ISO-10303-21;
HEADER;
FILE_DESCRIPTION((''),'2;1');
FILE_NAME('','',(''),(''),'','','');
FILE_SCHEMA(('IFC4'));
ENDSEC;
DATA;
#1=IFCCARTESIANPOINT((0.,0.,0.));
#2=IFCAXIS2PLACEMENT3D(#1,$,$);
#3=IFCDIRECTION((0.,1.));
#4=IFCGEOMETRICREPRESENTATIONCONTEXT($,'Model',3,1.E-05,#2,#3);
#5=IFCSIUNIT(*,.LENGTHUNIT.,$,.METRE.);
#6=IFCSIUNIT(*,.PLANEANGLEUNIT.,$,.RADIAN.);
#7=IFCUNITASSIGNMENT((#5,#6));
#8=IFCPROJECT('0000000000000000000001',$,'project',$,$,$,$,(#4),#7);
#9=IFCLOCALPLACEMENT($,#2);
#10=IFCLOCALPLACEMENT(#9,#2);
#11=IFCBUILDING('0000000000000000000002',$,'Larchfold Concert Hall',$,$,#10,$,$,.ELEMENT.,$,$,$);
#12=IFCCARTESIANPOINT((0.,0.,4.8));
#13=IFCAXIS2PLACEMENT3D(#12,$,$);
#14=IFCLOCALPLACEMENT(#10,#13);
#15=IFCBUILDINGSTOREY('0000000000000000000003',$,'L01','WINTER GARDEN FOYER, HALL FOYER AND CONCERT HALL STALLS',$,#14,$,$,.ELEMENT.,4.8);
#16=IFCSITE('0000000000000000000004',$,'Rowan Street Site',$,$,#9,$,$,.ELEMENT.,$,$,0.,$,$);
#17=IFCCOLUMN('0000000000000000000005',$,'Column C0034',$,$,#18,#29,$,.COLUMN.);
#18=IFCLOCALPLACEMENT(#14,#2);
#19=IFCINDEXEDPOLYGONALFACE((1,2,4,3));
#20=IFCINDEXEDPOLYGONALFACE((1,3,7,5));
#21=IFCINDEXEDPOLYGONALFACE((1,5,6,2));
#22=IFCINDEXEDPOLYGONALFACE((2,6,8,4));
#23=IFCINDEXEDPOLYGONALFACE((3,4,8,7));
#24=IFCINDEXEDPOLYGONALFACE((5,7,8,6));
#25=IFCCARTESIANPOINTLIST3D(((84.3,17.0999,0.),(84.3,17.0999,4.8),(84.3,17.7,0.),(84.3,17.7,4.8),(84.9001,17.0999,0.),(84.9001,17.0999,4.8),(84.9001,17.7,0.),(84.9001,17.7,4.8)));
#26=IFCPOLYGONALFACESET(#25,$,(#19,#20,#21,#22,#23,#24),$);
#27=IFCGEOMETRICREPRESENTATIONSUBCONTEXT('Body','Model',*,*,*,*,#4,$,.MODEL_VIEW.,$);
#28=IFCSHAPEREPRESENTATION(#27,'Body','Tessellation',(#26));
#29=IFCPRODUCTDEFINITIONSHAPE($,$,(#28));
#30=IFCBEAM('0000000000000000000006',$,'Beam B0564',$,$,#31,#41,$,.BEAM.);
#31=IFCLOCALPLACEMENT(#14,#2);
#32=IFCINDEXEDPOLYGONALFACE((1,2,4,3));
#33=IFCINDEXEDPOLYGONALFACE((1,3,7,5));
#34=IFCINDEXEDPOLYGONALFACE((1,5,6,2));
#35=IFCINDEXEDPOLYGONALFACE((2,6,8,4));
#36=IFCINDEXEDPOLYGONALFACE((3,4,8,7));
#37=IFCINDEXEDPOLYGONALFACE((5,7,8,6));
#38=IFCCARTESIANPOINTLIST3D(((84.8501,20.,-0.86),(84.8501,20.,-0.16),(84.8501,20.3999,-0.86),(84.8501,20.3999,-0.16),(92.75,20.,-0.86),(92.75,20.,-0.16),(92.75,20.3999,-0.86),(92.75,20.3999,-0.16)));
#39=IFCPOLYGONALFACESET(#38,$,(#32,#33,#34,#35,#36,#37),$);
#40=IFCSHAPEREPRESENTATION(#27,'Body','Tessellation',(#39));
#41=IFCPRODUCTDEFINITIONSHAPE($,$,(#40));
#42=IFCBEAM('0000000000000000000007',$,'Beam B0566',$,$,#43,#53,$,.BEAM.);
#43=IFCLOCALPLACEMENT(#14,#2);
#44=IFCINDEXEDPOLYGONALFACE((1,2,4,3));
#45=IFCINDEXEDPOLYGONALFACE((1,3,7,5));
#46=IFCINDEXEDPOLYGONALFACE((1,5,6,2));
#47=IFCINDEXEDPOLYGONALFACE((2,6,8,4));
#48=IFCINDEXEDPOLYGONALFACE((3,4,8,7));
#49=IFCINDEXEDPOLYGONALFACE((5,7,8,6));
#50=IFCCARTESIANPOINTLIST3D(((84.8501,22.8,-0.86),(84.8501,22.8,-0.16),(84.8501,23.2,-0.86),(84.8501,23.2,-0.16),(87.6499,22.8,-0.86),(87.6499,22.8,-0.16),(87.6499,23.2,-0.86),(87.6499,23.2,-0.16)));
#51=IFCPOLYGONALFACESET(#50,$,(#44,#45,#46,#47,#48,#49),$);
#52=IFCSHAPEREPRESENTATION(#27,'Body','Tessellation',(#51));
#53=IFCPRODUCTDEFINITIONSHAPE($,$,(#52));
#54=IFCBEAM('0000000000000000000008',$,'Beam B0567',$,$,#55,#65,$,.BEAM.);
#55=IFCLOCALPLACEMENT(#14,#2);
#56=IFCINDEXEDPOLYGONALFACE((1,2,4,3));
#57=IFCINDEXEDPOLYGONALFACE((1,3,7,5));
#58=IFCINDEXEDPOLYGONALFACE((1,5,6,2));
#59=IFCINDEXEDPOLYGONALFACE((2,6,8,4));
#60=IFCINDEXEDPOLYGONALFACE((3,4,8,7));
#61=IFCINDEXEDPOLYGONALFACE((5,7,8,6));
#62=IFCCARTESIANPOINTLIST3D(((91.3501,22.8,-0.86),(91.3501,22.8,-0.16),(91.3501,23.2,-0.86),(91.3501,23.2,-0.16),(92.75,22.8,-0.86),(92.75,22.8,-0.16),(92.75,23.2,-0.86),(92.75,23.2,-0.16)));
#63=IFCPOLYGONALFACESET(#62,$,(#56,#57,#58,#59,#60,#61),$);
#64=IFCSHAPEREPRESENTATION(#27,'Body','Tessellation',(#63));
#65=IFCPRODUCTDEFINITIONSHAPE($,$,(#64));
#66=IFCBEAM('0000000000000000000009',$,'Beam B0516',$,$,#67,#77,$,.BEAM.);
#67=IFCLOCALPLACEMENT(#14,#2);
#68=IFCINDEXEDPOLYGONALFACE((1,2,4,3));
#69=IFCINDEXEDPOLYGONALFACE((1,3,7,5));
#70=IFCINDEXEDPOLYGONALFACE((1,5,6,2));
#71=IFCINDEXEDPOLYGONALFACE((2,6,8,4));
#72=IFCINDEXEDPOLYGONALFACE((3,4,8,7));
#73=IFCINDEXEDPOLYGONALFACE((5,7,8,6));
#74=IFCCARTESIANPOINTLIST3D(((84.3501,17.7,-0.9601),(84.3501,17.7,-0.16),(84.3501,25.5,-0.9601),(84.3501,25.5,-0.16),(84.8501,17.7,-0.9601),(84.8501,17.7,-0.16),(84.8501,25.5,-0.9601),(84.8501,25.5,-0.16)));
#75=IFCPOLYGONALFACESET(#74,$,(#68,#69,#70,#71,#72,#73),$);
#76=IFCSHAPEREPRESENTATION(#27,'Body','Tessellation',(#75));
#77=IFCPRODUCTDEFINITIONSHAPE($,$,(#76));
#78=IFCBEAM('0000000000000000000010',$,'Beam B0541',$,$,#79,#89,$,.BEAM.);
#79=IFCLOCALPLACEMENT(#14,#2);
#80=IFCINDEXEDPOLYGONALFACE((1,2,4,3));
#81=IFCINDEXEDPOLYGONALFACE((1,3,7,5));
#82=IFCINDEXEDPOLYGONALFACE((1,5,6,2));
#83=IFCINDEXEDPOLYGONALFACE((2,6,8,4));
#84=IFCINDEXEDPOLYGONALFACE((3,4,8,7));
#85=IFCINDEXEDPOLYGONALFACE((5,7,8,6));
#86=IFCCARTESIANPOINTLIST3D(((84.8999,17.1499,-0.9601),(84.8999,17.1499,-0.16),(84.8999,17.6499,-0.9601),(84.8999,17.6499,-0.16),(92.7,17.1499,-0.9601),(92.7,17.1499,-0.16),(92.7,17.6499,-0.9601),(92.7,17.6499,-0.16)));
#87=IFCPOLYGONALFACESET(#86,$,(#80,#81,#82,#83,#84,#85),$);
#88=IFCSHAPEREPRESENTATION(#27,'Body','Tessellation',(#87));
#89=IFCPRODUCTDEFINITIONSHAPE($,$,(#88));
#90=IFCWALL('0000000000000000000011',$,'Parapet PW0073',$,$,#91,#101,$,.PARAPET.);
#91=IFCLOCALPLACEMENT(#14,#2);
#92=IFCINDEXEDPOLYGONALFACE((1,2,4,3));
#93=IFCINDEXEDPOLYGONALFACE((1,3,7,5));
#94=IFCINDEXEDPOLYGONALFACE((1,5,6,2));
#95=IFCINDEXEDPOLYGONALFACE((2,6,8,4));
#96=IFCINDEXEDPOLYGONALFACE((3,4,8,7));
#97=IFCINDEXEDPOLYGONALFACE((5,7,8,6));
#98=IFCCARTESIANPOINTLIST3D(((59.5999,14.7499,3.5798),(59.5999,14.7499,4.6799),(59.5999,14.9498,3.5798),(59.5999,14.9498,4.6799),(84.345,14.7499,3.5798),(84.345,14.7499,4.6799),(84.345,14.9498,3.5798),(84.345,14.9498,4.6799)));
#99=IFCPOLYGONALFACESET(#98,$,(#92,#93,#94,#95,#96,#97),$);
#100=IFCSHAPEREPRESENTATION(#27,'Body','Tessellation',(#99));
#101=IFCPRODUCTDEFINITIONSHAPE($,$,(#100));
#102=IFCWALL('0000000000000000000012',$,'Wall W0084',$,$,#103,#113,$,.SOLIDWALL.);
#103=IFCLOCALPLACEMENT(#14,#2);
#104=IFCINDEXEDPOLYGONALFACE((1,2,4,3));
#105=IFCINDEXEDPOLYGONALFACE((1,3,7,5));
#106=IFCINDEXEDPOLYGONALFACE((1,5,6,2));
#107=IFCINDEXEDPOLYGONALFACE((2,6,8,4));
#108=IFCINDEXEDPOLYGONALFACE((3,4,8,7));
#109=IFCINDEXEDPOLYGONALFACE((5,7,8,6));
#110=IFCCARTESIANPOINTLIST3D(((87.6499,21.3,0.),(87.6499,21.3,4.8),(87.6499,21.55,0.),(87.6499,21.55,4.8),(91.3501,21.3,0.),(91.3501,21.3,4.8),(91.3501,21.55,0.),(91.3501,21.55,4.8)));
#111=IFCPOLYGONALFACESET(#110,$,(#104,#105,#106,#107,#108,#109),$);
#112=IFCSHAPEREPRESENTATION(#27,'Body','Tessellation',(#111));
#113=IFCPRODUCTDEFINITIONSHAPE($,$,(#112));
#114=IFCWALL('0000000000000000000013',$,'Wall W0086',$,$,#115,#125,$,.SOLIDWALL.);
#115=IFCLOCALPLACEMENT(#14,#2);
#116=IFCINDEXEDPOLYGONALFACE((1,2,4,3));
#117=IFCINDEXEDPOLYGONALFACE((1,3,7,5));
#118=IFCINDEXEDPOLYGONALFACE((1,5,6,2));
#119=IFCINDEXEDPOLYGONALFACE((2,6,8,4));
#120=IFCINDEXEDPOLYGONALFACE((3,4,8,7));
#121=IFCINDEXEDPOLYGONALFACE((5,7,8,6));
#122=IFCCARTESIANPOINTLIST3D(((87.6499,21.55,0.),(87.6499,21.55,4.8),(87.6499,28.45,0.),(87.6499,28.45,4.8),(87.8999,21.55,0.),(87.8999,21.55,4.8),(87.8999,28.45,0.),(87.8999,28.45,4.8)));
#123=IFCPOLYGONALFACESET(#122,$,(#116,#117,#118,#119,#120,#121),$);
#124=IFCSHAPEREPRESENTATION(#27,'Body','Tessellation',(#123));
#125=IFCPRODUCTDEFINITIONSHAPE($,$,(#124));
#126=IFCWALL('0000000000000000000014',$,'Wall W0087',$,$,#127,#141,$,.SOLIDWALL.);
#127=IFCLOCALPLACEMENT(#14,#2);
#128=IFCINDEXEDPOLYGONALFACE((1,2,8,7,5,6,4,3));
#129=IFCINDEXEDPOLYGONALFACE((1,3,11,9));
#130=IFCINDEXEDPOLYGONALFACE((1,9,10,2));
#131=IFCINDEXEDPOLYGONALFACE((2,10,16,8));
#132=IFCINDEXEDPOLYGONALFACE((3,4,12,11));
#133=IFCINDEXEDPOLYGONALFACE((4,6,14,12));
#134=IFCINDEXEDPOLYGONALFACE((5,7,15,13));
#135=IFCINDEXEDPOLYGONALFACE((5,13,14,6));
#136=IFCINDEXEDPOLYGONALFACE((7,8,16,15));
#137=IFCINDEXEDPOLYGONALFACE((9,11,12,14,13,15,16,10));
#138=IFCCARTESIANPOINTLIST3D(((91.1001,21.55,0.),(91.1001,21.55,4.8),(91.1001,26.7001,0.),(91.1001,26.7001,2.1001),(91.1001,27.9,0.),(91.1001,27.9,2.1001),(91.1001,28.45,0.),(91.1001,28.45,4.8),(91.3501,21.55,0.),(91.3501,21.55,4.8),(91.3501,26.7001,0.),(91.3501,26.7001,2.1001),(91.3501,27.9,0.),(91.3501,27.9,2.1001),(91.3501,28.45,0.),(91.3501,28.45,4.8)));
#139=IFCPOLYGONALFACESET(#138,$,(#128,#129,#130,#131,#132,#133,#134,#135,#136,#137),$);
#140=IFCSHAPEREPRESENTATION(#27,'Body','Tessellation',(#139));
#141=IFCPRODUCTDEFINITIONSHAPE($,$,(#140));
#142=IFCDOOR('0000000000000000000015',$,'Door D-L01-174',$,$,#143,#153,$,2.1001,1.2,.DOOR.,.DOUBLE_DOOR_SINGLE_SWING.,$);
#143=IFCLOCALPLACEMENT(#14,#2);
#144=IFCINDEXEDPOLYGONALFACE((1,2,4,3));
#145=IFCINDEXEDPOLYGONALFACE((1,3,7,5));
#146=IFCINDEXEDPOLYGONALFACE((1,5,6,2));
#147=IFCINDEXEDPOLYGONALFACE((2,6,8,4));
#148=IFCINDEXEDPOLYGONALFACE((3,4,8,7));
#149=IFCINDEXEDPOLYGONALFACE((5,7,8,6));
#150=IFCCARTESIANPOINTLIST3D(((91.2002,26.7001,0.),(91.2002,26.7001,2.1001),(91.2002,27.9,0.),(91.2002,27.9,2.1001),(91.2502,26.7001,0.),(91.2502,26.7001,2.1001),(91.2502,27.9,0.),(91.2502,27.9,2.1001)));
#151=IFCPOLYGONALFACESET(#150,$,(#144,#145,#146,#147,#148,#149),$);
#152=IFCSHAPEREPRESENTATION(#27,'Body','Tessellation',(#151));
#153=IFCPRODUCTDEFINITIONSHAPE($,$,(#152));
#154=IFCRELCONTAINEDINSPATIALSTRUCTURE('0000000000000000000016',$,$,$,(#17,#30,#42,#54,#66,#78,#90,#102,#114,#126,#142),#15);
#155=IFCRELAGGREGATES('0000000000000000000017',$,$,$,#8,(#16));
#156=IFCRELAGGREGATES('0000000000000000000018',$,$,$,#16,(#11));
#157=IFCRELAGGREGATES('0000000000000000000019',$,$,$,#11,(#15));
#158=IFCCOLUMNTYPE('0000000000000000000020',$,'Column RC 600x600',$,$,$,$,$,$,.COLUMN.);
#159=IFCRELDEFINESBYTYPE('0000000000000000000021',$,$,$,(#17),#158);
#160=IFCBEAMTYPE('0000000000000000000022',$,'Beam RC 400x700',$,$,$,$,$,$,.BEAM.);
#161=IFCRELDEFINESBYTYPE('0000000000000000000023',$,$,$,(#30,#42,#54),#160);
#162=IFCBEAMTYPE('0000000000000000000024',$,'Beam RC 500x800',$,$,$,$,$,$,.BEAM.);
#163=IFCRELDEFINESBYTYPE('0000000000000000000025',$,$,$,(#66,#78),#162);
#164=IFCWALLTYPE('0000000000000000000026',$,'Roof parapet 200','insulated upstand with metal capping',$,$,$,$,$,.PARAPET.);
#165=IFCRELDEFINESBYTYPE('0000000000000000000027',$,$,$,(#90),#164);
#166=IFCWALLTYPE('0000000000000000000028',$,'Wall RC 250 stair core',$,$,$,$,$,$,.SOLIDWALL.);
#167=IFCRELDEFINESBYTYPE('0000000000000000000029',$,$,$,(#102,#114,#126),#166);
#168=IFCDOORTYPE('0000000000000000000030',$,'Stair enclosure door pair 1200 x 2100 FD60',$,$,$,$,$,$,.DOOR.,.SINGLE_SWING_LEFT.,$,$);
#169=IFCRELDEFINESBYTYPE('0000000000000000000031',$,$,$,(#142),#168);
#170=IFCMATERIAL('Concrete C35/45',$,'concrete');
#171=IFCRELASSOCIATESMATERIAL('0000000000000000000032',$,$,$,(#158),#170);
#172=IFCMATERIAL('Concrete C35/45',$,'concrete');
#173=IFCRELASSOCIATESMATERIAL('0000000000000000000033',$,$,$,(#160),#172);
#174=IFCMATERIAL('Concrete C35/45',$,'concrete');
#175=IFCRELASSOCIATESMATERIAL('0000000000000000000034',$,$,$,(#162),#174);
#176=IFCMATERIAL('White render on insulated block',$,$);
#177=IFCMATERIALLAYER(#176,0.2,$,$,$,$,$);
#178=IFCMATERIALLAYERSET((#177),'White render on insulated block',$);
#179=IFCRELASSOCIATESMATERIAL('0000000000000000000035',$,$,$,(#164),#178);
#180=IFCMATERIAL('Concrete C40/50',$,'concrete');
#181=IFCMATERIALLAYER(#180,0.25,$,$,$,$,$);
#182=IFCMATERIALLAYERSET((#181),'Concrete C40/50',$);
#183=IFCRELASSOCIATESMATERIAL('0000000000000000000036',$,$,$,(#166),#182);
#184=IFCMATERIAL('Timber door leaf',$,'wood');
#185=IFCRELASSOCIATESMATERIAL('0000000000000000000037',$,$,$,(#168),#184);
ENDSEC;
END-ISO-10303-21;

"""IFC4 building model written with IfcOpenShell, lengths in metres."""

from ifc_helpers import new_model, si_unit, direction, frame, frame_2d, origin, origin_2d, place, context, subcontext, project, spatial, rectangle, extrude, material, layer, layer_set, material_profile, profile_set, type_object, element, fill, save


model = new_model("IFC4")

# Units and contexts
model_context = context("Model", 3, precision=1e-05, world=origin(), true_north=direction((0.0, 1.0)))
body_context = subcontext(model_context, "Body", "Model", "MODEL_VIEW")
ifc_project = project(units=[si_unit("LENGTHUNIT", "METRE"), si_unit("PLANEANGLEUNIT", "RADIAN")], contexts=[model_context])

# Site, building, storey
site_placement = place(None, origin())
site = spatial("IfcSite", under=ifc_project, at=site_placement, Name="Rowan Street Site", CompositionType="ELEMENT", RefElevation=0.0)
building_placement = place(site_placement, origin())
building = spatial("IfcBuilding", under=site, at=building_placement, Name="Larchfold Concert Hall", CompositionType="ELEMENT")
storey_placement = place(building_placement, frame((0.0, 0.0, 4.8)))
storey = spatial("IfcBuildingStorey", under=building, at=storey_placement, Name="L01", Description="WINTER GARDEN FOYER, HALL FOYER AND CONCERT HALL STALLS", CompositionType="ELEMENT", Elevation=4.8)

# Column
ifc_material_1 = material(Name="Concrete C35/45", Category="concrete")
ifc_material_profile_1 = material_profile(ifc_material_1, rectangle(XDim=0.6001, YDim=0.6001, at=origin_2d()))
ifc_profile_set_1 = profile_set([ifc_material_profile_1], Name="Concrete C35/45")
column_type = type_object("IfcColumnType", Name="Column RC 600x600", PredefinedType="COLUMN", material=ifc_profile_set_1)
column_placement = place(storey_placement, frame((84.6001, 17.3999, 0.0), z_axis=(0.0, 0.0, 1.0), x_axis=(1.0, 0.0, 0.0)))
element("IfcColumn", 1, at=column_placement, inside=storey, type_object=column_type, Name="Column C0034", PredefinedType="COLUMN", context=body_context, shape_type="SweptSolid", body=[
    extrude(rectangle(XDim=0.6001, YDim=0.6001, at=origin_2d()), origin(), (0.0, 0.0, 1.0), 4.8),
])

# Beams
ifc_material_2 = material(Name="Concrete C35/45", Category="concrete")
ifc_material_profile_2 = material_profile(ifc_material_2, rectangle(XDim=0.3999, YDim=0.7, at=origin_2d()))
ifc_profile_set_2 = profile_set([ifc_material_profile_2], Name="Concrete C35/45")
beam_type_1 = type_object("IfcBeamType", Name="Beam RC 400x700", PredefinedType="BEAM", material=ifc_profile_set_2)
beam_1_placement = place(storey_placement, frame((84.8501, 20.2, -0.51), z_axis=(1.0, 0.0, 0.0), x_axis=(0.0, 1.0, 0.0)))
element("IfcBeam", 2, at=beam_1_placement, inside=storey, type_object=beam_type_1, Name="Beam B0564", PredefinedType="BEAM", context=body_context, shape_type="SweptSolid", body=[
    extrude(rectangle(XDim=0.3999, YDim=0.7, at=origin_2d()), origin(), (0.0, 0.0, 1.0), 7.8999),
])
beam_2_placement = place(storey_placement, frame((84.8501, 23.0, -0.51), z_axis=(1.0, 0.0, 0.0), x_axis=(0.0, 1.0, 0.0)))
element("IfcBeam", 3, at=beam_2_placement, inside=storey, type_object=beam_type_1, Name="Beam B0566", PredefinedType="BEAM", context=body_context, shape_type="SweptSolid", body=[
    extrude(rectangle(XDim=0.3999, YDim=0.7, at=origin_2d()), origin(), (0.0, 0.0, 1.0), 2.7998),
])
beam_3_placement = place(storey_placement, frame((91.3501, 23.0, -0.51), z_axis=(1.0, 0.0, 0.0), x_axis=(0.0, 1.0, 0.0)))
element("IfcBeam", 4, at=beam_3_placement, inside=storey, type_object=beam_type_1, Name="Beam B0567", PredefinedType="BEAM", context=body_context, shape_type="SweptSolid", body=[
    extrude(rectangle(XDim=0.3999, YDim=0.7, at=origin_2d()), origin(), (0.0, 0.0, 1.0), 1.3999),
])
ifc_material_3 = material(Name="Concrete C35/45", Category="concrete")
ifc_material_profile_3 = material_profile(ifc_material_3, rectangle(XDim=0.5, YDim=0.8, at=origin_2d()))
ifc_profile_set_3 = profile_set([ifc_material_profile_3], Name="Concrete C35/45")
beam_type_2 = type_object("IfcBeamType", Name="Beam RC 500x800", PredefinedType="BEAM", material=ifc_profile_set_3)
for number, where, z_axis, x_axis, name in (
    (5, (84.6001, 17.7, -0.5601), (0.0, 1.0, 0.0), (-1.0, 0.0, 0.0), "Beam B0516"),
    (6, (84.8999, 17.3999, -0.5601), (1.0, 0.0, 0.0), (0.0, 1.0, 0.0), "Beam B0541"),
):
    element("IfcBeam", number, at=place(storey_placement, frame(where, z_axis=z_axis, x_axis=x_axis)), inside=storey, type_object=beam_type_2, Name=name, PredefinedType="BEAM", context=body_context, shape_type="SweptSolid", body=[
        extrude(rectangle(XDim=0.5, YDim=0.8, at=origin_2d()), origin(), (0.0, 0.0, 1.0), 7.8),
    ])

# Walls
ifc_material_4 = material(Name="White render on insulated block")
ifc_layer_1 = layer(ifc_material_4, 0.2)
ifc_layer_set_1 = layer_set([ifc_layer_1], Name="White render on insulated block")
wall_type_1 = type_object("IfcWallType", Name="Roof parapet 200", Description="insulated upstand with metal capping", PredefinedType="PARAPET", material=ifc_layer_set_1)
wall_1_placement = place(storey_placement, frame((84.345, 14.8499, 3.5798), z_axis=(0.0, 0.0, 1.0), x_axis=(-1.0, 0.0, 0.0)))
element("IfcWall", 7, at=wall_1_placement, inside=storey, type_object=wall_type_1, Name="Parapet PW0073", PredefinedType="PARAPET", context=body_context, shape_type="SweptSolid", body=[
    extrude(rectangle(XDim=24.7451, YDim=0.2, at=frame_2d((12.3726, 0.0))), origin(), (0.0, 0.0, 1.0), 1.1001),
])
ifc_material_5 = material(Name="Concrete C40/50", Category="concrete")
ifc_layer_2 = layer(ifc_material_5, 0.25)
ifc_layer_set_2 = layer_set([ifc_layer_2], Name="Concrete C40/50")
wall_type_2 = type_object("IfcWallType", Name="Wall RC 250 stair core", PredefinedType="SOLIDWALL", material=ifc_layer_set_2)
wall_2_placement = place(storey_placement, frame((87.6499, 21.425, 0.0), z_axis=(0.0, 0.0, 1.0), x_axis=(1.0, 0.0, 0.0)))
element("IfcWall", 8, at=wall_2_placement, inside=storey, type_object=wall_type_2, Name="Wall W0084", PredefinedType="SOLIDWALL", context=body_context, shape_type="SweptSolid", body=[
    extrude(rectangle(XDim=3.7002, YDim=0.25, at=frame_2d((1.8501, 0.0))), origin(), (0.0, 0.0, 1.0), 4.8),
])
wall_3_placement = place(storey_placement, frame((87.7749, 21.55, 0.0), z_axis=(0.0, 0.0, 1.0), x_axis=(0.0, 1.0, 0.0)))
element("IfcWall", 9, at=wall_3_placement, inside=storey, type_object=wall_type_2, Name="Wall W0086", PredefinedType="SOLIDWALL", context=body_context, shape_type="SweptSolid", body=[
    extrude(rectangle(XDim=6.8999, YDim=0.25, at=frame_2d((3.45, 0.0))), origin(), (0.0, 0.0, 1.0), 4.8),
])

# Wall, opening, door
wall_4_placement = place(storey_placement, frame((91.2251, 21.55, 0.0), z_axis=(0.0, 0.0, 1.0), x_axis=(0.0, 1.0, 0.0)))
wall_4 = element("IfcWall", 10, at=wall_4_placement, inside=storey, type_object=wall_type_2, Name="Wall W0087", PredefinedType="SOLIDWALL", context=body_context, shape_type="SweptSolid", body=[
    extrude(rectangle(XDim=6.8999, YDim=0.25, at=frame_2d((3.45, 0.0))), origin(), (0.0, 0.0, 1.0), 4.8),
])
opening_1_placement = place(wall_4_placement, frame((5.1499, 0.0, 0.0)))
opening_1 = element("IfcOpeningElement", 11, at=opening_1_placement, cuts=wall_4, PredefinedType="OPENING", context=body_context, shape_type="SweptSolid", body=[
    extrude(rectangle(XDim=1.2, YDim=2.1001, at=frame_2d((0.6001, 1.05))), frame((0.0, 0.135, 0.0), z_axis=(0.0, -1.0, 0.0), x_axis=(1.0, 0.0, 0.0)), (0.0, 0.0, 1.0), 0.27),
])
ifc_material_6 = material(Name="Timber door leaf", Category="wood")
door_type_1 = type_object("IfcDoorType", Name="Stair enclosure door pair 1200 x 2100 FD60", OperationType="SINGLE_SWING_LEFT", PredefinedType="DOOR", material=ifc_material_6)
door_1_placement = place(opening_1_placement, origin())
door_1 = element("IfcDoor", 12, at=door_1_placement, inside=storey, type_object=door_type_1, Name="Door D-L01-174", OperationType="DOUBLE_DOOR_SINGLE_SWING", OverallHeight=2.1001, OverallWidth=1.2, PredefinedType="DOOR", context=body_context, shape_type="SweptSolid", body=[
    extrude(rectangle(XDim=1.2, YDim=2.1001, at=frame_2d((0.6001, 1.05))), frame((0.0, 0.0249, 0.0), z_axis=(0.0, -1.0, 0.0), x_axis=(1.0, 0.0, 0.0)), (0.0, 0.0, 1.0), 0.05),
])
fill(opening_1, door_1)

save(model, "model.ifc")
